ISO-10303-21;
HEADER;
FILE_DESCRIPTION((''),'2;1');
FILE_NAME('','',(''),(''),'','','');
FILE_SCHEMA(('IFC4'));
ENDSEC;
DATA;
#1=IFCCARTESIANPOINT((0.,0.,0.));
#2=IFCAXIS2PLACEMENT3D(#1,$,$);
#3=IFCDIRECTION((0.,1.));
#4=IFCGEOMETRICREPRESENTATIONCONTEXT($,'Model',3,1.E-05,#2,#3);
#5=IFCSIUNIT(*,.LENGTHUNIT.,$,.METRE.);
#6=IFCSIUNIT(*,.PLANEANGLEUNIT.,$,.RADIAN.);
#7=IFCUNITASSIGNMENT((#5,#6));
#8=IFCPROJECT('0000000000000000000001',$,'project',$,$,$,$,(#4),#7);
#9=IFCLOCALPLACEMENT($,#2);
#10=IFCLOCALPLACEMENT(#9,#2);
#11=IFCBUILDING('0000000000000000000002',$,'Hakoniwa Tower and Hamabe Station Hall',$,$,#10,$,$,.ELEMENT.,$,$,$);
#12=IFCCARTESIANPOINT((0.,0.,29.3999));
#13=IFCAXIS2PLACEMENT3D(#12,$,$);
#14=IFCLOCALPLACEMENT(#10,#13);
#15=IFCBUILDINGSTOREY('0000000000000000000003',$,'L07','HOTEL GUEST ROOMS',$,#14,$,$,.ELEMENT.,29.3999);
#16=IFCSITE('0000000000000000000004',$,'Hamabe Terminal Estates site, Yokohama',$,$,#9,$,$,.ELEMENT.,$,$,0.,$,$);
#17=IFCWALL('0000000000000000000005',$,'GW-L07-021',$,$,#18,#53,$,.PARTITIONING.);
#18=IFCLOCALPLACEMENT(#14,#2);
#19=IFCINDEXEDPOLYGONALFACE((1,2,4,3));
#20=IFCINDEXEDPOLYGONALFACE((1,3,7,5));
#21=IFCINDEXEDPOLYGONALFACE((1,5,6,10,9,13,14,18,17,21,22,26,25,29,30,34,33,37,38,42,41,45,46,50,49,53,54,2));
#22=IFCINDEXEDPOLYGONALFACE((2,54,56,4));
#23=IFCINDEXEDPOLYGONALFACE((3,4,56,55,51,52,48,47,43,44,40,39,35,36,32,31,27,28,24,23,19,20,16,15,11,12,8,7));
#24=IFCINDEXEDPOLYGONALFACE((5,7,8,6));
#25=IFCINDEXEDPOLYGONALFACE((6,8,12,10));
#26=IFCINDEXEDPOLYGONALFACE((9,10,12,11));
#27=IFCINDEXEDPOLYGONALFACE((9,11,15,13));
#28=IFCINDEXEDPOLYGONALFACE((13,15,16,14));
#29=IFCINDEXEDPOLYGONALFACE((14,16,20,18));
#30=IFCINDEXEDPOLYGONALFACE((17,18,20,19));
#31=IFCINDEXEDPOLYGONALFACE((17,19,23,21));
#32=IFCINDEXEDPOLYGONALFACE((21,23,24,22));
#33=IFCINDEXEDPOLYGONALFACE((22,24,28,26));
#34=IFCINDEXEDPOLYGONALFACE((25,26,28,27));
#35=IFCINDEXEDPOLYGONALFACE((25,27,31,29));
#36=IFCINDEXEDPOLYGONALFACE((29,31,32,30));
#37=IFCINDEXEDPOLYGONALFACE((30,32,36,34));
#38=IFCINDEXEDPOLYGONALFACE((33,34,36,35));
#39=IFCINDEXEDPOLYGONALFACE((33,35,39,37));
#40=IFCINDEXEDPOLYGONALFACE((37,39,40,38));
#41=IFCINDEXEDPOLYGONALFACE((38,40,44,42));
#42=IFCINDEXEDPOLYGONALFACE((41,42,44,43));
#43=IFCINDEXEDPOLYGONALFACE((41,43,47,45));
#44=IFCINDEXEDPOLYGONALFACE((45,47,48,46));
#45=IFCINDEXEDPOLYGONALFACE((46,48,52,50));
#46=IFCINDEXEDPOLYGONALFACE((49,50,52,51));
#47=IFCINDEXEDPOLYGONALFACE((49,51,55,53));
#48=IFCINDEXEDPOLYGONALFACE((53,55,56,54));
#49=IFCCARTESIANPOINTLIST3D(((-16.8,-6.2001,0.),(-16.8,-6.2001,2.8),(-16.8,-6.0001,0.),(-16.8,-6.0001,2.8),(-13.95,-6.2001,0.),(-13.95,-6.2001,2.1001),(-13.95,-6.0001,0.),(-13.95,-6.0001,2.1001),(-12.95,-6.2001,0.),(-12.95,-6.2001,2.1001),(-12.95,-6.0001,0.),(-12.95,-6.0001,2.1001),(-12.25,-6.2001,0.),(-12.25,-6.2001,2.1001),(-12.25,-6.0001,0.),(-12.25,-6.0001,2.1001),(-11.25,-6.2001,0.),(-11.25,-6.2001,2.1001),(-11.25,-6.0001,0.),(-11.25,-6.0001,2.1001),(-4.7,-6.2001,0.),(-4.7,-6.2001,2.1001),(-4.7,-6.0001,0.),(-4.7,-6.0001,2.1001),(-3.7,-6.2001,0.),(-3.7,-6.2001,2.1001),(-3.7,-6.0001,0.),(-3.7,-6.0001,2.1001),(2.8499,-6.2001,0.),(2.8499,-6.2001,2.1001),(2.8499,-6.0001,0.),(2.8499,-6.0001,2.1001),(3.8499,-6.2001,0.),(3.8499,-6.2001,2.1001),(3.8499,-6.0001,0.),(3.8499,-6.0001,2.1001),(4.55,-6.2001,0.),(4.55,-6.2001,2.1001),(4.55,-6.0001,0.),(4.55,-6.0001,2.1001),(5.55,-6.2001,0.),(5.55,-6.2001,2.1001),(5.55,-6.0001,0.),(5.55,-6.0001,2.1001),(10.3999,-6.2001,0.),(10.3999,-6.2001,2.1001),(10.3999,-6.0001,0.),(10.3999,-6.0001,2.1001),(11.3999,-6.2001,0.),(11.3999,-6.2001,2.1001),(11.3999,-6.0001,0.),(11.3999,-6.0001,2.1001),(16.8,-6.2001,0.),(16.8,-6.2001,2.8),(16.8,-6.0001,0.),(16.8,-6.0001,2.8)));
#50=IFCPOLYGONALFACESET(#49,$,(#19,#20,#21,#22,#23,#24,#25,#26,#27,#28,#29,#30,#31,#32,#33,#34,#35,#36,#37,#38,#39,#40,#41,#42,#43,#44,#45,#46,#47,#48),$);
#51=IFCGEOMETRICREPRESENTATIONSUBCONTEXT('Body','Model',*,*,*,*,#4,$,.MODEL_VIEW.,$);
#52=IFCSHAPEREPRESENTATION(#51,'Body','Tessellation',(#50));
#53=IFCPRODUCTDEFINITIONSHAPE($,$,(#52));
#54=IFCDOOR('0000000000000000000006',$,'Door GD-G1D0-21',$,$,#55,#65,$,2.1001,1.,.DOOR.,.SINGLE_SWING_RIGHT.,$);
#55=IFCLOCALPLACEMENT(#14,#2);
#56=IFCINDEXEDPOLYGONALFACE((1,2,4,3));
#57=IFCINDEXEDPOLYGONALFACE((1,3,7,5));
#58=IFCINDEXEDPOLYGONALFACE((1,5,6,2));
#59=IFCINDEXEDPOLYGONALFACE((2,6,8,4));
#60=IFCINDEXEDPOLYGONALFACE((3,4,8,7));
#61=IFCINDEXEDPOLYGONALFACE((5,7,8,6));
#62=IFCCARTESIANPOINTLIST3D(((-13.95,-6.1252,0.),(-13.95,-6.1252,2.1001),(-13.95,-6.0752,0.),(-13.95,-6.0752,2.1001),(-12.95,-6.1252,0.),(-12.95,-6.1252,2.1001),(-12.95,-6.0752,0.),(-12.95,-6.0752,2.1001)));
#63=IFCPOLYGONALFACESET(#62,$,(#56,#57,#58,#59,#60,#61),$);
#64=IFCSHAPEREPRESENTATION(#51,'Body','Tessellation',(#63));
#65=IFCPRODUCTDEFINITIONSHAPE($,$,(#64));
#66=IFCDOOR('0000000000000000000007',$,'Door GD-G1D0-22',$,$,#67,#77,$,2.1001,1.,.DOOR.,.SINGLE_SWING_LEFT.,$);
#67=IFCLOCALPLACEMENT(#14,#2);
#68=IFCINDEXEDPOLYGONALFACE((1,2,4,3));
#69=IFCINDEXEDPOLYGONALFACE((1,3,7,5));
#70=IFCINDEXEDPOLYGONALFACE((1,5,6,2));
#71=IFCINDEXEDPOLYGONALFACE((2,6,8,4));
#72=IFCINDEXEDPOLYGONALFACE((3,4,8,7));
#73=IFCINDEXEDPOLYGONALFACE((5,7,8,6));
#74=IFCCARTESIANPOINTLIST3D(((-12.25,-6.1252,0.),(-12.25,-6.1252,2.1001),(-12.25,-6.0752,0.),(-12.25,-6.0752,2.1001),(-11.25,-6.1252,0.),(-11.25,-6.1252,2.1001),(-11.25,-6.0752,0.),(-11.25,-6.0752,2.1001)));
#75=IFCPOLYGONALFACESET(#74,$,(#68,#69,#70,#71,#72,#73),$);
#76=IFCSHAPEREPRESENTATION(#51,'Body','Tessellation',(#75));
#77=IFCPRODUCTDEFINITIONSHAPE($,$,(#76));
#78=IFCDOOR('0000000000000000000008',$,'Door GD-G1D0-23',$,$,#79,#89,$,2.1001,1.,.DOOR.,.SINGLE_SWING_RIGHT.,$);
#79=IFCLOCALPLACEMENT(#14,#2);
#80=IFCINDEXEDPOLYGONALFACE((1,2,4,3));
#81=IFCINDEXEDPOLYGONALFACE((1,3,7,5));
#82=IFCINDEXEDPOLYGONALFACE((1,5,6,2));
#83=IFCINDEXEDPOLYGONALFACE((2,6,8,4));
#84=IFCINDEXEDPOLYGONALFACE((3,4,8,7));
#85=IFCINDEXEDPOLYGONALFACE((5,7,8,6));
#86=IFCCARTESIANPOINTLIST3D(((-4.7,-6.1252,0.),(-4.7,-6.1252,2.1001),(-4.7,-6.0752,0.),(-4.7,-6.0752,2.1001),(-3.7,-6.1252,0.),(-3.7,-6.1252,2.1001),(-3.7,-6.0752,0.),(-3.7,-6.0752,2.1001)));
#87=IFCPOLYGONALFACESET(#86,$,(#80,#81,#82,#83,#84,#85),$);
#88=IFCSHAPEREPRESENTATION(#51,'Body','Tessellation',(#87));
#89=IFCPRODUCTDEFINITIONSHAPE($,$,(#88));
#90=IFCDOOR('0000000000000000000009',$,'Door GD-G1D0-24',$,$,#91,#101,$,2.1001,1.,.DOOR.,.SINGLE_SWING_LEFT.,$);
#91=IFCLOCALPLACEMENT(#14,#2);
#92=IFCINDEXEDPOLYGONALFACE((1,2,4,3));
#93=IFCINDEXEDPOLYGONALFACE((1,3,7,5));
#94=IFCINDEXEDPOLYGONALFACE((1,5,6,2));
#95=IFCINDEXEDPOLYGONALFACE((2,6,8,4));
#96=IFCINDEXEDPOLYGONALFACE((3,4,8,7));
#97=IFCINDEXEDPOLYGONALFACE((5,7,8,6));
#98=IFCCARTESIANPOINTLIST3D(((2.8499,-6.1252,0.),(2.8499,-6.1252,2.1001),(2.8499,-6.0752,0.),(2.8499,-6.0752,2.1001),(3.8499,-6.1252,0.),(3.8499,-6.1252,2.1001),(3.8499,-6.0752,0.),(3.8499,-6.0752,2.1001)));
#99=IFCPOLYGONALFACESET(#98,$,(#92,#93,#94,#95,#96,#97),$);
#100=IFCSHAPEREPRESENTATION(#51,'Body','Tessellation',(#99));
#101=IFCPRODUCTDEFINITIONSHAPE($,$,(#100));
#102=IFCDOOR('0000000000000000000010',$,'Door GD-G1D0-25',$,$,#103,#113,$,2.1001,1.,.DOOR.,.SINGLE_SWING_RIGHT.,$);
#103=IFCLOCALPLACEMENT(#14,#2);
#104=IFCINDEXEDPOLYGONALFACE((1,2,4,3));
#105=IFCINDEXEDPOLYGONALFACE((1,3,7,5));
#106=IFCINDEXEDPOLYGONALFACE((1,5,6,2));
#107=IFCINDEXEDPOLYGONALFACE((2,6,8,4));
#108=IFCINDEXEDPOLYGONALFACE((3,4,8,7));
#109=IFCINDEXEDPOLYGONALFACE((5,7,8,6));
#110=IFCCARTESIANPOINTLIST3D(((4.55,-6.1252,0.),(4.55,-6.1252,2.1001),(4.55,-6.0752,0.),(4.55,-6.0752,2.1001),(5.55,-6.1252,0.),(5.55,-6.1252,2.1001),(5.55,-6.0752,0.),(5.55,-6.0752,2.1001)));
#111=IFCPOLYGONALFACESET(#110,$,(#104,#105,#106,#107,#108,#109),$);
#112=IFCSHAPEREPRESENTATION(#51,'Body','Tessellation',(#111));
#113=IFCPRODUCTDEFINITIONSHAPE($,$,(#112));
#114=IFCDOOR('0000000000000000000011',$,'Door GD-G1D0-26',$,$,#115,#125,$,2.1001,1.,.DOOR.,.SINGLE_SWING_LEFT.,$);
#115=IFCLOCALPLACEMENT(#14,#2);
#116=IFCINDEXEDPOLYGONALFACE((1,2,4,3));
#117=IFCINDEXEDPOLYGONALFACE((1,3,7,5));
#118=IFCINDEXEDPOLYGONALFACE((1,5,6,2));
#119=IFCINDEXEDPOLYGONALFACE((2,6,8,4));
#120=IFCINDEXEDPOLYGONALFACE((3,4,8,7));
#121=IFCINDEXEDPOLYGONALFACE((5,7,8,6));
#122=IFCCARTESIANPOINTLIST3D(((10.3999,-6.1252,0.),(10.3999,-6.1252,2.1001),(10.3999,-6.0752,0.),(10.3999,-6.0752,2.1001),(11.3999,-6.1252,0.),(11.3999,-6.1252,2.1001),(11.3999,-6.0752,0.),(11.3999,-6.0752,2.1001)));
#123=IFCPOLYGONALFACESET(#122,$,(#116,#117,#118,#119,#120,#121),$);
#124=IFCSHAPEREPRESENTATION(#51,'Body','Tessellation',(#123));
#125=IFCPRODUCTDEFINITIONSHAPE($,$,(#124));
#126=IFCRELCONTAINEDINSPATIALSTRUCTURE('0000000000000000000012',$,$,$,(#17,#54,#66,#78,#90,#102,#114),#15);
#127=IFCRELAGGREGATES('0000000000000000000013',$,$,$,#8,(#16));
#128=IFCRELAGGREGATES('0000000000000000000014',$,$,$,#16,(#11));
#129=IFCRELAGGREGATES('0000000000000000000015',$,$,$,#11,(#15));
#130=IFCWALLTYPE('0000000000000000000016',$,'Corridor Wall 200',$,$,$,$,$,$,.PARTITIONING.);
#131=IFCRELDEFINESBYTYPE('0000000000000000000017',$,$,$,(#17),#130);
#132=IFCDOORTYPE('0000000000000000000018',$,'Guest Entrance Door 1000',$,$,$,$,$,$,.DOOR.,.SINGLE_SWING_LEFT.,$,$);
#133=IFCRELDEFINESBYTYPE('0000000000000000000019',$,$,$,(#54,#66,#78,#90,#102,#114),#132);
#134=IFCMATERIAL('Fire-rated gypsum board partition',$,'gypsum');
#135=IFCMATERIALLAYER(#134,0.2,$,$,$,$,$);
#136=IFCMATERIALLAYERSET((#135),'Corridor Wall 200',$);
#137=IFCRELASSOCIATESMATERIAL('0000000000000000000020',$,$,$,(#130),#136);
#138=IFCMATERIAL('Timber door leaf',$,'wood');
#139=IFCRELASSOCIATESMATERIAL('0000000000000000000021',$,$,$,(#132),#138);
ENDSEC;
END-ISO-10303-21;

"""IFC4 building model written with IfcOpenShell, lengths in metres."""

from ifc_helpers import new_model, si_unit, direction, frame, frame_2d, origin, place, context, subcontext, project, spatial, rectangle, extrude, material, layer, layer_set, type_object, element, fill, save


model = new_model("IFC4")

# Units and contexts
model_context = context("Model", 3, precision=1e-05, world=origin(), true_north=direction((0.0, 1.0)))
body_context = subcontext(model_context, "Body", "Model", "MODEL_VIEW")
ifc_project = project(units=[si_unit("LENGTHUNIT", "METRE"), si_unit("PLANEANGLEUNIT", "RADIAN")], contexts=[model_context])

# Site, building, storey
site_placement = place(None, origin())
site = spatial("IfcSite", under=ifc_project, at=site_placement, Name="Hamabe Terminal Estates site, Yokohama", CompositionType="ELEMENT", RefElevation=0.0)
building_placement = place(site_placement, origin())
building = spatial("IfcBuilding", under=site, at=building_placement, Name="Hakoniwa Tower and Hamabe Station Hall", CompositionType="ELEMENT")
storey_placement = place(building_placement, frame((0.0, 0.0, 29.3999)))
storey = spatial("IfcBuildingStorey", under=building, at=storey_placement, Name="L07", Description="HOTEL GUEST ROOMS", CompositionType="ELEMENT", Elevation=29.3999)

# Wall, openings, doors
ifc_material_1 = material(Name="Fire-rated gypsum board partition", Category="gypsum")
ifc_layer_1 = layer(ifc_material_1, 0.2)
ifc_layer_set_1 = layer_set([ifc_layer_1], Name="Corridor Wall 200")
wall_type_1 = type_object("IfcWallType", Name="Corridor Wall 200", PredefinedType="PARTITIONING", material=ifc_layer_set_1)
wall_1_placement = place(storey_placement, frame((-16.8, -6.1001, 0.0), z_axis=(0.0, 0.0, 1.0), x_axis=(1.0, 0.0, 0.0)))
wall_1 = element("IfcWall", 1, at=wall_1_placement, inside=storey, type_object=wall_type_1, Name="GW-L07-021", PredefinedType="PARTITIONING", context=body_context, shape_type="SweptSolid", body=[
    extrude(rectangle(XDim=33.6001, YDim=0.2, at=frame_2d((16.8, 0.0))), origin(), (0.0, 0.0, 1.0), 2.8),
])
opening_1_placement = place(wall_1_placement, frame((2.8501, 0.0, 0.0)))
opening_1 = element("IfcOpeningElement", 2, at=opening_1_placement, cuts=wall_1, PredefinedType="OPENING", context=body_context, shape_type="SweptSolid", body=[
    extrude(rectangle(XDim=1.0, YDim=2.1001, at=frame_2d((0.5, 1.05))), frame((0.0, 0.1099, 0.0), z_axis=(0.0, -1.0, 0.0), x_axis=(1.0, 0.0, 0.0)), (0.0, 0.0, 1.0), 0.22),
])
opening_2_placement = place(wall_1_placement, frame((4.55, 0.0, 0.0)))
opening_2 = element("IfcOpeningElement", 3, at=opening_2_placement, cuts=wall_1, PredefinedType="OPENING", context=body_context, shape_type="SweptSolid", body=[
    extrude(rectangle(XDim=1.0, YDim=2.1001, at=frame_2d((0.5, 1.05))), frame((0.0, 0.1099, 0.0), z_axis=(0.0, -1.0, 0.0), x_axis=(1.0, 0.0, 0.0)), (0.0, 0.0, 1.0), 0.22),
])
opening_3_placement = place(wall_1_placement, frame((12.1001, 0.0, 0.0)))
opening_3 = element("IfcOpeningElement", 4, at=opening_3_placement, cuts=wall_1, PredefinedType="OPENING", context=body_context, shape_type="SweptSolid", body=[
    extrude(rectangle(XDim=1.0, YDim=2.1001, at=frame_2d((0.5, 1.05))), frame((0.0, 0.1099, 0.0), z_axis=(0.0, -1.0, 0.0), x_axis=(1.0, 0.0, 0.0)), (0.0, 0.0, 1.0), 0.22),
])
opening_4_placement = place(wall_1_placement, frame((19.6499, 0.0, 0.0)))
opening_4 = element("IfcOpeningElement", 5, at=opening_4_placement, cuts=wall_1, PredefinedType="OPENING", context=body_context, shape_type="SweptSolid", body=[
    extrude(rectangle(XDim=1.0, YDim=2.1001, at=frame_2d((0.5, 1.05))), frame((0.0, 0.1099, 0.0), z_axis=(0.0, -1.0, 0.0), x_axis=(1.0, 0.0, 0.0)), (0.0, 0.0, 1.0), 0.22),
])
opening_5_placement = place(wall_1_placement, frame((21.3501, 0.0, 0.0)))
opening_5 = element("IfcOpeningElement", 6, at=opening_5_placement, cuts=wall_1, PredefinedType="OPENING", context=body_context, shape_type="SweptSolid", body=[
    extrude(rectangle(XDim=1.0, YDim=2.1001, at=frame_2d((0.5, 1.05))), frame((0.0, 0.1099, 0.0), z_axis=(0.0, -1.0, 0.0), x_axis=(1.0, 0.0, 0.0)), (0.0, 0.0, 1.0), 0.22),
])
opening_6_placement = place(wall_1_placement, frame((27.2, 0.0, 0.0)))
opening_6 = element("IfcOpeningElement", 7, at=opening_6_placement, cuts=wall_1, PredefinedType="OPENING", context=body_context, shape_type="SweptSolid", body=[
    extrude(rectangle(XDim=1.0, YDim=2.1001, at=frame_2d((0.5, 1.05))), frame((0.0, 0.1099, 0.0), z_axis=(0.0, -1.0, 0.0), x_axis=(1.0, 0.0, 0.0)), (0.0, 0.0, 1.0), 0.22),
])
ifc_material_2 = material(Name="Timber door leaf", Category="wood")
door_type_1 = type_object("IfcDoorType", Name="Guest Entrance Door 1000", OperationType="SINGLE_SWING_LEFT", PredefinedType="DOOR", material=ifc_material_2)
door_1_placement = place(opening_1_placement, origin())
door_1 = element("IfcDoor", 8, at=door_1_placement, inside=storey, type_object=door_type_1, Name="Door GD-G1D0-21", OperationType="SINGLE_SWING_RIGHT", OverallHeight=2.1001, OverallWidth=1.0, PredefinedType="DOOR", context=body_context, shape_type="SweptSolid", body=[
    extrude(rectangle(XDim=1.0, YDim=2.1001, at=frame_2d((0.5, 1.05))), frame((0.0, 0.0249, 0.0), z_axis=(0.0, -1.0, 0.0), x_axis=(1.0, 0.0, 0.0)), (0.0, 0.0, 1.0), 0.05),
])
fill(opening_1, door_1)
door_2_placement = place(opening_2_placement, origin())
door_2 = element("IfcDoor", 9, at=door_2_placement, inside=storey, type_object=door_type_1, Name="Door GD-G1D0-22", OperationType="SINGLE_SWING_LEFT", OverallHeight=2.1001, OverallWidth=1.0, PredefinedType="DOOR", context=body_context, shape_type="SweptSolid", body=[
    extrude(rectangle(XDim=1.0, YDim=2.1001, at=frame_2d((0.5, 1.05))), frame((0.0, 0.0249, 0.0), z_axis=(0.0, -1.0, 0.0), x_axis=(1.0, 0.0, 0.0)), (0.0, 0.0, 1.0), 0.05),
])
fill(opening_2, door_2)
door_3_placement = place(opening_3_placement, origin())
door_3 = element("IfcDoor", 10, at=door_3_placement, inside=storey, type_object=door_type_1, Name="Door GD-G1D0-23", OperationType="SINGLE_SWING_RIGHT", OverallHeight=2.1001, OverallWidth=1.0, PredefinedType="DOOR", context=body_context, shape_type="SweptSolid", body=[
    extrude(rectangle(XDim=1.0, YDim=2.1001, at=frame_2d((0.5, 1.05))), frame((0.0, 0.0249, 0.0), z_axis=(0.0, -1.0, 0.0), x_axis=(1.0, 0.0, 0.0)), (0.0, 0.0, 1.0), 0.05),
])
fill(opening_3, door_3)
door_4_placement = place(opening_4_placement, origin())
door_4 = element("IfcDoor", 11, at=door_4_placement, inside=storey, type_object=door_type_1, Name="Door GD-G1D0-24", OperationType="SINGLE_SWING_LEFT", OverallHeight=2.1001, OverallWidth=1.0, PredefinedType="DOOR", context=body_context, shape_type="SweptSolid", body=[
    extrude(rectangle(XDim=1.0, YDim=2.1001, at=frame_2d((0.5, 1.05))), frame((0.0, 0.0249, 0.0), z_axis=(0.0, -1.0, 0.0), x_axis=(1.0, 0.0, 0.0)), (0.0, 0.0, 1.0), 0.05),
])
fill(opening_4, door_4)
door_5_placement = place(opening_5_placement, origin())
door_5 = element("IfcDoor", 12, at=door_5_placement, inside=storey, type_object=door_type_1, Name="Door GD-G1D0-25", OperationType="SINGLE_SWING_RIGHT", OverallHeight=2.1001, OverallWidth=1.0, PredefinedType="DOOR", context=body_context, shape_type="SweptSolid", body=[
    extrude(rectangle(XDim=1.0, YDim=2.1001, at=frame_2d((0.5, 1.05))), frame((0.0, 0.0249, 0.0), z_axis=(0.0, -1.0, 0.0), x_axis=(1.0, 0.0, 0.0)), (0.0, 0.0, 1.0), 0.05),
])
fill(opening_5, door_5)
door_6_placement = place(opening_6_placement, origin())
door_6 = element("IfcDoor", 13, at=door_6_placement, inside=storey, type_object=door_type_1, Name="Door GD-G1D0-26", OperationType="SINGLE_SWING_LEFT", OverallHeight=2.1001, OverallWidth=1.0, PredefinedType="DOOR", context=body_context, shape_type="SweptSolid", body=[
    extrude(rectangle(XDim=1.0, YDim=2.1001, at=frame_2d((0.5, 1.05))), frame((0.0, 0.0249, 0.0), z_axis=(0.0, -1.0, 0.0), x_axis=(1.0, 0.0, 0.0)), (0.0, 0.0, 1.0), 0.05),
])
fill(opening_6, door_6)

save(model, "model.ifc")
